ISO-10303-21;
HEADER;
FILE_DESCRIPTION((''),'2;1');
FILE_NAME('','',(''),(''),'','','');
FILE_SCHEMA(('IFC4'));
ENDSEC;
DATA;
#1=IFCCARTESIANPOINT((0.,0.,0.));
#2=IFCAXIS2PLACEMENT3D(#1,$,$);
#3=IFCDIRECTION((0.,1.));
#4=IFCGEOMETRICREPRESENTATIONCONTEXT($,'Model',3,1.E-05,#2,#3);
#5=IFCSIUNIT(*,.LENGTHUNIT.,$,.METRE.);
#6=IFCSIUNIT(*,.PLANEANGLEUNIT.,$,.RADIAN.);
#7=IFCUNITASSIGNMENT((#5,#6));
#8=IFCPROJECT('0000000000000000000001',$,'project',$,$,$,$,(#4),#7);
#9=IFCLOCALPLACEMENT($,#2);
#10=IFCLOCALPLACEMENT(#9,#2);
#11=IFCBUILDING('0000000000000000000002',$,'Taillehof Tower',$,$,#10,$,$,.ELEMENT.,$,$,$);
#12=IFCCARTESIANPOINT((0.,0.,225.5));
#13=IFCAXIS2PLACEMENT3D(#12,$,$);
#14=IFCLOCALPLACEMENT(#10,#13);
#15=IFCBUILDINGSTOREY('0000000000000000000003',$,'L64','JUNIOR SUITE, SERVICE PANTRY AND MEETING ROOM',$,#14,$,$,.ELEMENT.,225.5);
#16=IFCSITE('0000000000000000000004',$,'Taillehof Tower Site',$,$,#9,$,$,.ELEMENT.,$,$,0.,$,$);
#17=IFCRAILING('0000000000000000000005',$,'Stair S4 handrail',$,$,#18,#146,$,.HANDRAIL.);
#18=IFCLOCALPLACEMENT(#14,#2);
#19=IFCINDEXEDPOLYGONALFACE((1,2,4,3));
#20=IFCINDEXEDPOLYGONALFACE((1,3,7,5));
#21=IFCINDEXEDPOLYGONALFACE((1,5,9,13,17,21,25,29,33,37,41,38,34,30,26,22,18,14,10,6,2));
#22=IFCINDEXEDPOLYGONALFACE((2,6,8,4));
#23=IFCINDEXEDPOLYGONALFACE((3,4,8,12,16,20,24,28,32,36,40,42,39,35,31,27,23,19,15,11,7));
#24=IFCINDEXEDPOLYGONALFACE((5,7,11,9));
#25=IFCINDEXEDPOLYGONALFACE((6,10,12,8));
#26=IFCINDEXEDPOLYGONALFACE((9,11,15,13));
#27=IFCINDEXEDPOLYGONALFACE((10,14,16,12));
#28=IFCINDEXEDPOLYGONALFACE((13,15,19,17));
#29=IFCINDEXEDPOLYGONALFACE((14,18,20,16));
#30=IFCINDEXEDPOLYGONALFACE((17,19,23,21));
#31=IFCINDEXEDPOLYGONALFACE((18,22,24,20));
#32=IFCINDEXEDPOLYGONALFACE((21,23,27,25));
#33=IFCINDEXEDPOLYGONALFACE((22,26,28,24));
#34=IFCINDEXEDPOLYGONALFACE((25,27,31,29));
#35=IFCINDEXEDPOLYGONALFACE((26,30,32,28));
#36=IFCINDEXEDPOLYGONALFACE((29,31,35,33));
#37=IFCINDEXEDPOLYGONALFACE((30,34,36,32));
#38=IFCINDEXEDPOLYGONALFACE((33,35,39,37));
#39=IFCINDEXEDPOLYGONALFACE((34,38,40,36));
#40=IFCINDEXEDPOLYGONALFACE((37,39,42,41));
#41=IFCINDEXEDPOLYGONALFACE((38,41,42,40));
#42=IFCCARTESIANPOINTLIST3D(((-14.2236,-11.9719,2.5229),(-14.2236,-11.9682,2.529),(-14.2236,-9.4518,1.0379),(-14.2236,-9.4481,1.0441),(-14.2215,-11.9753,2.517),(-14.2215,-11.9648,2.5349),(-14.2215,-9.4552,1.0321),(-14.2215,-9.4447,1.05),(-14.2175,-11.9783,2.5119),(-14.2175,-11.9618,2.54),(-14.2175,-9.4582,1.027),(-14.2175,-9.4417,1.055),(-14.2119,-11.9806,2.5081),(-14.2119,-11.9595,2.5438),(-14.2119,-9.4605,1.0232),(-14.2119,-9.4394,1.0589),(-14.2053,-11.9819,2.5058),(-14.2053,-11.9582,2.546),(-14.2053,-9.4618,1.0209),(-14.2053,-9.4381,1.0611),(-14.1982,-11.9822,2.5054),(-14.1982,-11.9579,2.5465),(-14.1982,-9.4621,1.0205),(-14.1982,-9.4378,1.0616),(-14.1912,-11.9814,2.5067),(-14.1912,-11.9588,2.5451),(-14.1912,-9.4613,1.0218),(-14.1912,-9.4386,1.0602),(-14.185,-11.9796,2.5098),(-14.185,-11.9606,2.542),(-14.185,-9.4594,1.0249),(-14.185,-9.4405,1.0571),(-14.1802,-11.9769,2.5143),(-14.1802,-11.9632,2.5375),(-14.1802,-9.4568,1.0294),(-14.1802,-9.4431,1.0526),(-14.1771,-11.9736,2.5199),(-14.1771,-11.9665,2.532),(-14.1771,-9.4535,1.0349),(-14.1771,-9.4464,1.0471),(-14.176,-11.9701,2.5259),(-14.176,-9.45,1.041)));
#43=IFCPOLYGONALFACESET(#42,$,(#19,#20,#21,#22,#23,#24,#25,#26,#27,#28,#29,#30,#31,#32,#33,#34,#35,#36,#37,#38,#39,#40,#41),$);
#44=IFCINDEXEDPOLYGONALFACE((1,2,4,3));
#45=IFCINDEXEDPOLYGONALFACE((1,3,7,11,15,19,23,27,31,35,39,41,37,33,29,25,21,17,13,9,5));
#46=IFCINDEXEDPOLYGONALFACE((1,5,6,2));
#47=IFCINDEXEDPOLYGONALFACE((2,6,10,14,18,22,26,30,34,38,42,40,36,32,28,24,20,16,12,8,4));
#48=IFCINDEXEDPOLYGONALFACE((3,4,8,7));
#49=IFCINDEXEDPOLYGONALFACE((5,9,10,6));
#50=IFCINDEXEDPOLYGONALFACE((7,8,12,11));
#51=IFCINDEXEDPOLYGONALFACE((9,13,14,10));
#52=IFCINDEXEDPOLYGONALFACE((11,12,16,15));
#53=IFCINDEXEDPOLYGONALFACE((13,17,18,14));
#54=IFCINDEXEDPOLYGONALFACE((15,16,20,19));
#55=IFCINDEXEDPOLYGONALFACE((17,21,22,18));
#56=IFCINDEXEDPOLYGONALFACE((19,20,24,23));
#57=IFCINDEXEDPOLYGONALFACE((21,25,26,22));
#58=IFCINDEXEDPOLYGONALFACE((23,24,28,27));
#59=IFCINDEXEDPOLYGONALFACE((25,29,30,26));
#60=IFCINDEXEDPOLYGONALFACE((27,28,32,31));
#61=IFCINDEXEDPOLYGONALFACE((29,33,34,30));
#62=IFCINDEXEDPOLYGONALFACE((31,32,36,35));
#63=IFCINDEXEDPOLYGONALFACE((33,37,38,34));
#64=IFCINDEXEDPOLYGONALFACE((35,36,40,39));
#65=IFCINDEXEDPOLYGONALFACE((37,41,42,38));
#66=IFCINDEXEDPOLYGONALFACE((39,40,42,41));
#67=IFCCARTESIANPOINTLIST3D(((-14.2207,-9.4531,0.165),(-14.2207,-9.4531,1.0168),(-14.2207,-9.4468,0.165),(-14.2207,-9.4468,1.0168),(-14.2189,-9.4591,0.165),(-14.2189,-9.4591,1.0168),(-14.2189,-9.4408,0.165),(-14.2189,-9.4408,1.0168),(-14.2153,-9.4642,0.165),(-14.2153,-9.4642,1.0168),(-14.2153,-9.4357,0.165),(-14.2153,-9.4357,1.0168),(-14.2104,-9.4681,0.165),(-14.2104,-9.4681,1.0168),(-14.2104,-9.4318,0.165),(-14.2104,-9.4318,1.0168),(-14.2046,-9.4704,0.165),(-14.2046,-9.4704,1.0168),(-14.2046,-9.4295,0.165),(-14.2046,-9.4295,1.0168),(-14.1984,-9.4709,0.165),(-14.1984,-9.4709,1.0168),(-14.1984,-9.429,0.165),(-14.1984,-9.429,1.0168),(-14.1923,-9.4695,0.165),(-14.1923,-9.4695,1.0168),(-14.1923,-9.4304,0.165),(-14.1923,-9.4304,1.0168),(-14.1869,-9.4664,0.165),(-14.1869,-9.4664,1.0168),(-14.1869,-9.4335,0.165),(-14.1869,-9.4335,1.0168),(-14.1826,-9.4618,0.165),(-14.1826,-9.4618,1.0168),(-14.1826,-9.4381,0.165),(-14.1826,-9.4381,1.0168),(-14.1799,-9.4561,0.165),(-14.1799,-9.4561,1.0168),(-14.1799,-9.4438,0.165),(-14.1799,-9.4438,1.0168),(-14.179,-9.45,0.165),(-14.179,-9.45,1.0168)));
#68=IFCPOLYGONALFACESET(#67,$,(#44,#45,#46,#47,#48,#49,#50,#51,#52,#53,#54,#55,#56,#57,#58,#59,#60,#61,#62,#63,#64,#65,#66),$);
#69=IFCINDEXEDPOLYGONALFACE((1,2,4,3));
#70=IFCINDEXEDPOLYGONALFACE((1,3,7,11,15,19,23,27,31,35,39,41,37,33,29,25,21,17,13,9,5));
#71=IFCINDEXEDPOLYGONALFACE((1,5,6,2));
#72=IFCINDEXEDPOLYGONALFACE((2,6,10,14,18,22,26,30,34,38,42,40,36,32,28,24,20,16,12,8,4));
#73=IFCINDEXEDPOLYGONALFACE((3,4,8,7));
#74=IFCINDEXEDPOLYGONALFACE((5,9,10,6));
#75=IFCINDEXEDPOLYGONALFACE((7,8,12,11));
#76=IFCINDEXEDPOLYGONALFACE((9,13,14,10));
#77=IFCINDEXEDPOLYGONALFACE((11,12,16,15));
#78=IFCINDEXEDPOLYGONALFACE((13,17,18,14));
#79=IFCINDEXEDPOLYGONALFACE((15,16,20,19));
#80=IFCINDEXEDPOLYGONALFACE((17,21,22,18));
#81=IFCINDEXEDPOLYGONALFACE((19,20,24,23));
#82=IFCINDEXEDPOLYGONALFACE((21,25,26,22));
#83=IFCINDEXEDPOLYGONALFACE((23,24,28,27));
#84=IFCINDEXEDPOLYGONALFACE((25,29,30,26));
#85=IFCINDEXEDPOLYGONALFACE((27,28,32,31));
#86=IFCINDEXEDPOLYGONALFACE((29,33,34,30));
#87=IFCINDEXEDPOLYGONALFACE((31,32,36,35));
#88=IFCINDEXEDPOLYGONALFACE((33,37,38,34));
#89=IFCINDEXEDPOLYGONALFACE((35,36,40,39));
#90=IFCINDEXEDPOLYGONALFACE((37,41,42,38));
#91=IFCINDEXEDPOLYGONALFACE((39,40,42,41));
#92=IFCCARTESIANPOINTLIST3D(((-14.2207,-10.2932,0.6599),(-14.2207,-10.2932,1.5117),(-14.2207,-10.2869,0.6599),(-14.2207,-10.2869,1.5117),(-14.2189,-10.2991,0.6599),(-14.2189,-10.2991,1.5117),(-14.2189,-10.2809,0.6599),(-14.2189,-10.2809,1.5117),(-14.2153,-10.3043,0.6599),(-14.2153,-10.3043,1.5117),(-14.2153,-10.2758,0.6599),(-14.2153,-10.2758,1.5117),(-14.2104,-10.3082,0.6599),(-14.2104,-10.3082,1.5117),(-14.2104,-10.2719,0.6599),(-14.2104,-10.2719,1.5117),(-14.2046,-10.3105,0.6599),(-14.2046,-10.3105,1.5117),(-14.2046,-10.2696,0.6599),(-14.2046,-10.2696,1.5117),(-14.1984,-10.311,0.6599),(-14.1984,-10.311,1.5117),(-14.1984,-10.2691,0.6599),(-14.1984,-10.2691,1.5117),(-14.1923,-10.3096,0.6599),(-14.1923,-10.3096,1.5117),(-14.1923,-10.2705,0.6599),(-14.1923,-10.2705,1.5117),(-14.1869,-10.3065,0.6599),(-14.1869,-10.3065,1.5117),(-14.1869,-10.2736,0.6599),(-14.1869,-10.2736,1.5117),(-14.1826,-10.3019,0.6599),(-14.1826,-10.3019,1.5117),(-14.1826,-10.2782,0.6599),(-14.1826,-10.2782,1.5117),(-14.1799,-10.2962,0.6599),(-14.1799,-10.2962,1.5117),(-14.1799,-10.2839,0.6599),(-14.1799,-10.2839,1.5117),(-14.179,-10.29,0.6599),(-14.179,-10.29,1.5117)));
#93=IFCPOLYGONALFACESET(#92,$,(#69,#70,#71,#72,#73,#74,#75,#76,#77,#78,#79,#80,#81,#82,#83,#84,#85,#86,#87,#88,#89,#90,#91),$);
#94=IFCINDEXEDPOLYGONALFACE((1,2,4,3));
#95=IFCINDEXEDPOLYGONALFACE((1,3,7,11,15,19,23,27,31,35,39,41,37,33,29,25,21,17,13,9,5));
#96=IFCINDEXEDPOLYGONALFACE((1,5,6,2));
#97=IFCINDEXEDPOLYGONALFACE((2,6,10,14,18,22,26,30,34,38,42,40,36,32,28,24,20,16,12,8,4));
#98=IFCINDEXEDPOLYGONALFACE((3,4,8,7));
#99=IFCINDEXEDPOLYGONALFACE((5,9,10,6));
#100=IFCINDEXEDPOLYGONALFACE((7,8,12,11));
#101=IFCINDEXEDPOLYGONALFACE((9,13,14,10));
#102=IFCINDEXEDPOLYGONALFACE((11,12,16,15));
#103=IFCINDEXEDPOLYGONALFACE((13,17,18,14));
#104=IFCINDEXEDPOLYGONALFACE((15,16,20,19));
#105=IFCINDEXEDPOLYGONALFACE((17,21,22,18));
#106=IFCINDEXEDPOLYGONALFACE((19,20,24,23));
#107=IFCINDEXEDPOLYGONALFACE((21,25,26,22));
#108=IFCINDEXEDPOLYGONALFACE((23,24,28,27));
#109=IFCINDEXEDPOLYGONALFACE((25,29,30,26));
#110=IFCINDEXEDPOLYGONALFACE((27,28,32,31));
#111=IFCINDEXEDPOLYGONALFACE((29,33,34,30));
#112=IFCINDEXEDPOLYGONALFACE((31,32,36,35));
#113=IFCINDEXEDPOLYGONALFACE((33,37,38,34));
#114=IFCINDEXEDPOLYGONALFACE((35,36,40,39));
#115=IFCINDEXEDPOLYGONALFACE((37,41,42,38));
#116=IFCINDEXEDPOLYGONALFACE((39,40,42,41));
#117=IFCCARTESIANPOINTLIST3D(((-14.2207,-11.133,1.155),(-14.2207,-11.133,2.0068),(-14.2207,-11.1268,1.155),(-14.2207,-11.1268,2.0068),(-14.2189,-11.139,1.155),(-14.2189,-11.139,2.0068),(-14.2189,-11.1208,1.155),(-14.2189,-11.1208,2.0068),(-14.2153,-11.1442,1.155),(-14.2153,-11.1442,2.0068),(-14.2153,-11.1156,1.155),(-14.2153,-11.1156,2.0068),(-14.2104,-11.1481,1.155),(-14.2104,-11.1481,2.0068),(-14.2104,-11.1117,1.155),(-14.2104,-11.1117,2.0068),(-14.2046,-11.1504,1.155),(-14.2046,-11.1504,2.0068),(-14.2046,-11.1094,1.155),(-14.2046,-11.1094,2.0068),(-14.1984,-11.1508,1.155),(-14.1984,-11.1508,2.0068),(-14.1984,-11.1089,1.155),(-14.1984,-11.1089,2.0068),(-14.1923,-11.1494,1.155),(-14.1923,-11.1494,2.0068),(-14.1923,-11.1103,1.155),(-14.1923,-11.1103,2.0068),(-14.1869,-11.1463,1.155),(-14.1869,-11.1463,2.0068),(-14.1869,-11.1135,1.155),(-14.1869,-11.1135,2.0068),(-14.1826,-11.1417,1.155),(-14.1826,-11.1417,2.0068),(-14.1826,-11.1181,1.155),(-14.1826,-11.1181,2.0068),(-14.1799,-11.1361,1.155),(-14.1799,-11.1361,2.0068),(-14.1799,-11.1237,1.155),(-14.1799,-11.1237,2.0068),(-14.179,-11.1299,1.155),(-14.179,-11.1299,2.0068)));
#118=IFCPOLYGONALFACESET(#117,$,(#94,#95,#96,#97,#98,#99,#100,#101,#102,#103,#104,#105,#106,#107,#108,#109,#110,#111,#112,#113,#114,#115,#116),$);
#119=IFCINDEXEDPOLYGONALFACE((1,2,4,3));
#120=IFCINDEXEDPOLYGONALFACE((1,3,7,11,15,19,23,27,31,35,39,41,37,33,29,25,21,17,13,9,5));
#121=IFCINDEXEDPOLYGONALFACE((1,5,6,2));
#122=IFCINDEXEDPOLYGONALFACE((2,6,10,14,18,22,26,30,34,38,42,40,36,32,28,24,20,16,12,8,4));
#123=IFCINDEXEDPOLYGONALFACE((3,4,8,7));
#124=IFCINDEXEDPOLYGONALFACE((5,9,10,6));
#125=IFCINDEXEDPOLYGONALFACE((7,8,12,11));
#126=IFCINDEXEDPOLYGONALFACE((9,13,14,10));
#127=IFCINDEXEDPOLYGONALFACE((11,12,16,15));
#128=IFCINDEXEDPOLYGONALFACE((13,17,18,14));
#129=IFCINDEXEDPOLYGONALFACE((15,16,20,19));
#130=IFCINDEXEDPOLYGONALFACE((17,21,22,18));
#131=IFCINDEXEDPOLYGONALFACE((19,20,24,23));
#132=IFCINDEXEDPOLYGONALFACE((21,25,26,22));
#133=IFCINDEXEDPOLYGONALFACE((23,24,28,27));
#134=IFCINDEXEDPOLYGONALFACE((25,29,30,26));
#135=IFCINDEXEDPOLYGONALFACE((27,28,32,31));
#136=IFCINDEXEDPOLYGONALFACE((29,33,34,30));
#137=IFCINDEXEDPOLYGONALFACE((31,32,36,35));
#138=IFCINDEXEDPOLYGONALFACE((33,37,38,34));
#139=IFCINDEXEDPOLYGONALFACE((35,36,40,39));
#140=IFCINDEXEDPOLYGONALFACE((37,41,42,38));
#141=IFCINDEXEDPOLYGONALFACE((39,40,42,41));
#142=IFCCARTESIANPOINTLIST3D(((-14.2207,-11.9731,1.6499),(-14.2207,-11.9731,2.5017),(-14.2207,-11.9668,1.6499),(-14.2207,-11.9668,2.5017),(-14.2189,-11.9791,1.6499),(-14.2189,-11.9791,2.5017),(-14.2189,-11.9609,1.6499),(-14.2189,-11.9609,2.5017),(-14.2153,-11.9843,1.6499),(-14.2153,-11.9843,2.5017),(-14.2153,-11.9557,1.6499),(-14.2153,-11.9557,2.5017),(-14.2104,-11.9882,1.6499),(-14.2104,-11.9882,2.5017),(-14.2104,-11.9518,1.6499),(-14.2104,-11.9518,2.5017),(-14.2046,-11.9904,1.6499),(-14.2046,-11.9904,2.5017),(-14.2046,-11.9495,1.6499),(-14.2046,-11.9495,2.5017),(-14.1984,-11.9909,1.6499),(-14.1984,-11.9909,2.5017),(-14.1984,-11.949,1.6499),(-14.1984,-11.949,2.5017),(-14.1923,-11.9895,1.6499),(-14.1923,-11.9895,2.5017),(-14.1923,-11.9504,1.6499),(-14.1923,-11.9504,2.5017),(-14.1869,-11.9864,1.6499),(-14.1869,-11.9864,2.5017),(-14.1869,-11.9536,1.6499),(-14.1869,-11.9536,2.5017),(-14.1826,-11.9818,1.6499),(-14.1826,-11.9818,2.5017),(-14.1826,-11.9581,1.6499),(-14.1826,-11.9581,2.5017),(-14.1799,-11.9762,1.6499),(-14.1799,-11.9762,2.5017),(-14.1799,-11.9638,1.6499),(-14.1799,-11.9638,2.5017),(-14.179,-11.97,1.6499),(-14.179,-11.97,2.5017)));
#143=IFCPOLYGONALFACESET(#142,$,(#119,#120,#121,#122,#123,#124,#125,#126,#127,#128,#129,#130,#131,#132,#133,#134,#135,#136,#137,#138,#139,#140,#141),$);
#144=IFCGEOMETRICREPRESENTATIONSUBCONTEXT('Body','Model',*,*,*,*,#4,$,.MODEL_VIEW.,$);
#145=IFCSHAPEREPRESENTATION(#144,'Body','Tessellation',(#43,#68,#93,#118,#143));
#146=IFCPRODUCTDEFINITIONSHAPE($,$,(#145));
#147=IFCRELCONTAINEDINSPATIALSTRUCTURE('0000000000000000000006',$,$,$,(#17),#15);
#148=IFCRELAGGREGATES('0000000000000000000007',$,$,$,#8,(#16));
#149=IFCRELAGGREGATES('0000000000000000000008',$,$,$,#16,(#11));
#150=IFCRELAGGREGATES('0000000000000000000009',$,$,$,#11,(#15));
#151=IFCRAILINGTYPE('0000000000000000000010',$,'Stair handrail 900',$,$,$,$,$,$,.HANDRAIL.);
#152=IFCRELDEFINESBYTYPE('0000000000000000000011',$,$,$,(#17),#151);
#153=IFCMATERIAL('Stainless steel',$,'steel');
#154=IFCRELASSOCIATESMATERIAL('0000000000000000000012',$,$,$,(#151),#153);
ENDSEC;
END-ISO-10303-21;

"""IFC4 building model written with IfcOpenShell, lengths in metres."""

from ifc_helpers import new_model, si_unit, direction, frame, origin, origin_2d, place, context, subcontext, project, spatial, circle, extrude, material, type_object, element, save


model = new_model("IFC4")

# Units and contexts
model_context = context("Model", 3, precision=1e-05, world=origin(), true_north=direction((0.0, 1.0)))
body_context = subcontext(model_context, "Body", "Model", "MODEL_VIEW")
ifc_project = project(units=[si_unit("LENGTHUNIT", "METRE"), si_unit("PLANEANGLEUNIT", "RADIAN")], contexts=[model_context])

# Site, building, storey
site_placement = place(None, origin())
site = spatial("IfcSite", under=ifc_project, at=site_placement, Name="Taillehof Tower Site", CompositionType="ELEMENT", RefElevation=0.0)
building_placement = place(site_placement, origin())
building = spatial("IfcBuilding", under=site, at=building_placement, Name="Taillehof Tower", CompositionType="ELEMENT")
storey_placement = place(building_placement, frame((0.0, 0.0, 225.5)))
storey = spatial("IfcBuildingStorey", under=building, at=storey_placement, Name="L64", Description="JUNIOR SUITE, SERVICE PANTRY AND MEETING ROOM", CompositionType="ELEMENT", Elevation=225.5)

# Railing
ifc_material_1 = material(Name="Stainless steel", Category="steel")
railing_type = type_object("IfcRailingType", Name="Stair handrail 900", PredefinedType="HANDRAIL", material=ifc_material_1)
railing_1_placement = place(storey_placement, frame((-14.2, -9.45, 0.165)))
element("IfcRailing", 1, at=railing_1_placement, inside=storey, type_object=railing_type, Name="Stair S4 handrail", PredefinedType="HANDRAIL", context=body_context, shape_type="SweptSolid", body=[
    extrude(circle(Radius=0.0239, at=origin_2d()), frame((0.0, 0.0, 0.876), z_axis=(0.0, -0.861561, 0.507655), x_axis=(1.0, 0.0, 0.0)), (0.0, 0.0, 1.0), 2.925),
    extrude(circle(Radius=0.021, at=origin_2d()), origin(), (0.0, 0.0, 1.0), 0.8518),
    extrude(circle(Radius=0.021, at=origin_2d()), frame((0.0, -0.8401, 0.4949)), (0.0, 0.0, 1.0), 0.8518),
    extrude(circle(Radius=0.021, at=origin_2d()), frame((0.0, -1.6799, 0.99)), (0.0, 0.0, 1.0), 0.8518),
    extrude(circle(Radius=0.021, at=origin_2d()), frame((0.0, -2.52, 1.4849)), (0.0, 0.0, 1.0), 0.8518),
])

save(model, "model.ifc")
